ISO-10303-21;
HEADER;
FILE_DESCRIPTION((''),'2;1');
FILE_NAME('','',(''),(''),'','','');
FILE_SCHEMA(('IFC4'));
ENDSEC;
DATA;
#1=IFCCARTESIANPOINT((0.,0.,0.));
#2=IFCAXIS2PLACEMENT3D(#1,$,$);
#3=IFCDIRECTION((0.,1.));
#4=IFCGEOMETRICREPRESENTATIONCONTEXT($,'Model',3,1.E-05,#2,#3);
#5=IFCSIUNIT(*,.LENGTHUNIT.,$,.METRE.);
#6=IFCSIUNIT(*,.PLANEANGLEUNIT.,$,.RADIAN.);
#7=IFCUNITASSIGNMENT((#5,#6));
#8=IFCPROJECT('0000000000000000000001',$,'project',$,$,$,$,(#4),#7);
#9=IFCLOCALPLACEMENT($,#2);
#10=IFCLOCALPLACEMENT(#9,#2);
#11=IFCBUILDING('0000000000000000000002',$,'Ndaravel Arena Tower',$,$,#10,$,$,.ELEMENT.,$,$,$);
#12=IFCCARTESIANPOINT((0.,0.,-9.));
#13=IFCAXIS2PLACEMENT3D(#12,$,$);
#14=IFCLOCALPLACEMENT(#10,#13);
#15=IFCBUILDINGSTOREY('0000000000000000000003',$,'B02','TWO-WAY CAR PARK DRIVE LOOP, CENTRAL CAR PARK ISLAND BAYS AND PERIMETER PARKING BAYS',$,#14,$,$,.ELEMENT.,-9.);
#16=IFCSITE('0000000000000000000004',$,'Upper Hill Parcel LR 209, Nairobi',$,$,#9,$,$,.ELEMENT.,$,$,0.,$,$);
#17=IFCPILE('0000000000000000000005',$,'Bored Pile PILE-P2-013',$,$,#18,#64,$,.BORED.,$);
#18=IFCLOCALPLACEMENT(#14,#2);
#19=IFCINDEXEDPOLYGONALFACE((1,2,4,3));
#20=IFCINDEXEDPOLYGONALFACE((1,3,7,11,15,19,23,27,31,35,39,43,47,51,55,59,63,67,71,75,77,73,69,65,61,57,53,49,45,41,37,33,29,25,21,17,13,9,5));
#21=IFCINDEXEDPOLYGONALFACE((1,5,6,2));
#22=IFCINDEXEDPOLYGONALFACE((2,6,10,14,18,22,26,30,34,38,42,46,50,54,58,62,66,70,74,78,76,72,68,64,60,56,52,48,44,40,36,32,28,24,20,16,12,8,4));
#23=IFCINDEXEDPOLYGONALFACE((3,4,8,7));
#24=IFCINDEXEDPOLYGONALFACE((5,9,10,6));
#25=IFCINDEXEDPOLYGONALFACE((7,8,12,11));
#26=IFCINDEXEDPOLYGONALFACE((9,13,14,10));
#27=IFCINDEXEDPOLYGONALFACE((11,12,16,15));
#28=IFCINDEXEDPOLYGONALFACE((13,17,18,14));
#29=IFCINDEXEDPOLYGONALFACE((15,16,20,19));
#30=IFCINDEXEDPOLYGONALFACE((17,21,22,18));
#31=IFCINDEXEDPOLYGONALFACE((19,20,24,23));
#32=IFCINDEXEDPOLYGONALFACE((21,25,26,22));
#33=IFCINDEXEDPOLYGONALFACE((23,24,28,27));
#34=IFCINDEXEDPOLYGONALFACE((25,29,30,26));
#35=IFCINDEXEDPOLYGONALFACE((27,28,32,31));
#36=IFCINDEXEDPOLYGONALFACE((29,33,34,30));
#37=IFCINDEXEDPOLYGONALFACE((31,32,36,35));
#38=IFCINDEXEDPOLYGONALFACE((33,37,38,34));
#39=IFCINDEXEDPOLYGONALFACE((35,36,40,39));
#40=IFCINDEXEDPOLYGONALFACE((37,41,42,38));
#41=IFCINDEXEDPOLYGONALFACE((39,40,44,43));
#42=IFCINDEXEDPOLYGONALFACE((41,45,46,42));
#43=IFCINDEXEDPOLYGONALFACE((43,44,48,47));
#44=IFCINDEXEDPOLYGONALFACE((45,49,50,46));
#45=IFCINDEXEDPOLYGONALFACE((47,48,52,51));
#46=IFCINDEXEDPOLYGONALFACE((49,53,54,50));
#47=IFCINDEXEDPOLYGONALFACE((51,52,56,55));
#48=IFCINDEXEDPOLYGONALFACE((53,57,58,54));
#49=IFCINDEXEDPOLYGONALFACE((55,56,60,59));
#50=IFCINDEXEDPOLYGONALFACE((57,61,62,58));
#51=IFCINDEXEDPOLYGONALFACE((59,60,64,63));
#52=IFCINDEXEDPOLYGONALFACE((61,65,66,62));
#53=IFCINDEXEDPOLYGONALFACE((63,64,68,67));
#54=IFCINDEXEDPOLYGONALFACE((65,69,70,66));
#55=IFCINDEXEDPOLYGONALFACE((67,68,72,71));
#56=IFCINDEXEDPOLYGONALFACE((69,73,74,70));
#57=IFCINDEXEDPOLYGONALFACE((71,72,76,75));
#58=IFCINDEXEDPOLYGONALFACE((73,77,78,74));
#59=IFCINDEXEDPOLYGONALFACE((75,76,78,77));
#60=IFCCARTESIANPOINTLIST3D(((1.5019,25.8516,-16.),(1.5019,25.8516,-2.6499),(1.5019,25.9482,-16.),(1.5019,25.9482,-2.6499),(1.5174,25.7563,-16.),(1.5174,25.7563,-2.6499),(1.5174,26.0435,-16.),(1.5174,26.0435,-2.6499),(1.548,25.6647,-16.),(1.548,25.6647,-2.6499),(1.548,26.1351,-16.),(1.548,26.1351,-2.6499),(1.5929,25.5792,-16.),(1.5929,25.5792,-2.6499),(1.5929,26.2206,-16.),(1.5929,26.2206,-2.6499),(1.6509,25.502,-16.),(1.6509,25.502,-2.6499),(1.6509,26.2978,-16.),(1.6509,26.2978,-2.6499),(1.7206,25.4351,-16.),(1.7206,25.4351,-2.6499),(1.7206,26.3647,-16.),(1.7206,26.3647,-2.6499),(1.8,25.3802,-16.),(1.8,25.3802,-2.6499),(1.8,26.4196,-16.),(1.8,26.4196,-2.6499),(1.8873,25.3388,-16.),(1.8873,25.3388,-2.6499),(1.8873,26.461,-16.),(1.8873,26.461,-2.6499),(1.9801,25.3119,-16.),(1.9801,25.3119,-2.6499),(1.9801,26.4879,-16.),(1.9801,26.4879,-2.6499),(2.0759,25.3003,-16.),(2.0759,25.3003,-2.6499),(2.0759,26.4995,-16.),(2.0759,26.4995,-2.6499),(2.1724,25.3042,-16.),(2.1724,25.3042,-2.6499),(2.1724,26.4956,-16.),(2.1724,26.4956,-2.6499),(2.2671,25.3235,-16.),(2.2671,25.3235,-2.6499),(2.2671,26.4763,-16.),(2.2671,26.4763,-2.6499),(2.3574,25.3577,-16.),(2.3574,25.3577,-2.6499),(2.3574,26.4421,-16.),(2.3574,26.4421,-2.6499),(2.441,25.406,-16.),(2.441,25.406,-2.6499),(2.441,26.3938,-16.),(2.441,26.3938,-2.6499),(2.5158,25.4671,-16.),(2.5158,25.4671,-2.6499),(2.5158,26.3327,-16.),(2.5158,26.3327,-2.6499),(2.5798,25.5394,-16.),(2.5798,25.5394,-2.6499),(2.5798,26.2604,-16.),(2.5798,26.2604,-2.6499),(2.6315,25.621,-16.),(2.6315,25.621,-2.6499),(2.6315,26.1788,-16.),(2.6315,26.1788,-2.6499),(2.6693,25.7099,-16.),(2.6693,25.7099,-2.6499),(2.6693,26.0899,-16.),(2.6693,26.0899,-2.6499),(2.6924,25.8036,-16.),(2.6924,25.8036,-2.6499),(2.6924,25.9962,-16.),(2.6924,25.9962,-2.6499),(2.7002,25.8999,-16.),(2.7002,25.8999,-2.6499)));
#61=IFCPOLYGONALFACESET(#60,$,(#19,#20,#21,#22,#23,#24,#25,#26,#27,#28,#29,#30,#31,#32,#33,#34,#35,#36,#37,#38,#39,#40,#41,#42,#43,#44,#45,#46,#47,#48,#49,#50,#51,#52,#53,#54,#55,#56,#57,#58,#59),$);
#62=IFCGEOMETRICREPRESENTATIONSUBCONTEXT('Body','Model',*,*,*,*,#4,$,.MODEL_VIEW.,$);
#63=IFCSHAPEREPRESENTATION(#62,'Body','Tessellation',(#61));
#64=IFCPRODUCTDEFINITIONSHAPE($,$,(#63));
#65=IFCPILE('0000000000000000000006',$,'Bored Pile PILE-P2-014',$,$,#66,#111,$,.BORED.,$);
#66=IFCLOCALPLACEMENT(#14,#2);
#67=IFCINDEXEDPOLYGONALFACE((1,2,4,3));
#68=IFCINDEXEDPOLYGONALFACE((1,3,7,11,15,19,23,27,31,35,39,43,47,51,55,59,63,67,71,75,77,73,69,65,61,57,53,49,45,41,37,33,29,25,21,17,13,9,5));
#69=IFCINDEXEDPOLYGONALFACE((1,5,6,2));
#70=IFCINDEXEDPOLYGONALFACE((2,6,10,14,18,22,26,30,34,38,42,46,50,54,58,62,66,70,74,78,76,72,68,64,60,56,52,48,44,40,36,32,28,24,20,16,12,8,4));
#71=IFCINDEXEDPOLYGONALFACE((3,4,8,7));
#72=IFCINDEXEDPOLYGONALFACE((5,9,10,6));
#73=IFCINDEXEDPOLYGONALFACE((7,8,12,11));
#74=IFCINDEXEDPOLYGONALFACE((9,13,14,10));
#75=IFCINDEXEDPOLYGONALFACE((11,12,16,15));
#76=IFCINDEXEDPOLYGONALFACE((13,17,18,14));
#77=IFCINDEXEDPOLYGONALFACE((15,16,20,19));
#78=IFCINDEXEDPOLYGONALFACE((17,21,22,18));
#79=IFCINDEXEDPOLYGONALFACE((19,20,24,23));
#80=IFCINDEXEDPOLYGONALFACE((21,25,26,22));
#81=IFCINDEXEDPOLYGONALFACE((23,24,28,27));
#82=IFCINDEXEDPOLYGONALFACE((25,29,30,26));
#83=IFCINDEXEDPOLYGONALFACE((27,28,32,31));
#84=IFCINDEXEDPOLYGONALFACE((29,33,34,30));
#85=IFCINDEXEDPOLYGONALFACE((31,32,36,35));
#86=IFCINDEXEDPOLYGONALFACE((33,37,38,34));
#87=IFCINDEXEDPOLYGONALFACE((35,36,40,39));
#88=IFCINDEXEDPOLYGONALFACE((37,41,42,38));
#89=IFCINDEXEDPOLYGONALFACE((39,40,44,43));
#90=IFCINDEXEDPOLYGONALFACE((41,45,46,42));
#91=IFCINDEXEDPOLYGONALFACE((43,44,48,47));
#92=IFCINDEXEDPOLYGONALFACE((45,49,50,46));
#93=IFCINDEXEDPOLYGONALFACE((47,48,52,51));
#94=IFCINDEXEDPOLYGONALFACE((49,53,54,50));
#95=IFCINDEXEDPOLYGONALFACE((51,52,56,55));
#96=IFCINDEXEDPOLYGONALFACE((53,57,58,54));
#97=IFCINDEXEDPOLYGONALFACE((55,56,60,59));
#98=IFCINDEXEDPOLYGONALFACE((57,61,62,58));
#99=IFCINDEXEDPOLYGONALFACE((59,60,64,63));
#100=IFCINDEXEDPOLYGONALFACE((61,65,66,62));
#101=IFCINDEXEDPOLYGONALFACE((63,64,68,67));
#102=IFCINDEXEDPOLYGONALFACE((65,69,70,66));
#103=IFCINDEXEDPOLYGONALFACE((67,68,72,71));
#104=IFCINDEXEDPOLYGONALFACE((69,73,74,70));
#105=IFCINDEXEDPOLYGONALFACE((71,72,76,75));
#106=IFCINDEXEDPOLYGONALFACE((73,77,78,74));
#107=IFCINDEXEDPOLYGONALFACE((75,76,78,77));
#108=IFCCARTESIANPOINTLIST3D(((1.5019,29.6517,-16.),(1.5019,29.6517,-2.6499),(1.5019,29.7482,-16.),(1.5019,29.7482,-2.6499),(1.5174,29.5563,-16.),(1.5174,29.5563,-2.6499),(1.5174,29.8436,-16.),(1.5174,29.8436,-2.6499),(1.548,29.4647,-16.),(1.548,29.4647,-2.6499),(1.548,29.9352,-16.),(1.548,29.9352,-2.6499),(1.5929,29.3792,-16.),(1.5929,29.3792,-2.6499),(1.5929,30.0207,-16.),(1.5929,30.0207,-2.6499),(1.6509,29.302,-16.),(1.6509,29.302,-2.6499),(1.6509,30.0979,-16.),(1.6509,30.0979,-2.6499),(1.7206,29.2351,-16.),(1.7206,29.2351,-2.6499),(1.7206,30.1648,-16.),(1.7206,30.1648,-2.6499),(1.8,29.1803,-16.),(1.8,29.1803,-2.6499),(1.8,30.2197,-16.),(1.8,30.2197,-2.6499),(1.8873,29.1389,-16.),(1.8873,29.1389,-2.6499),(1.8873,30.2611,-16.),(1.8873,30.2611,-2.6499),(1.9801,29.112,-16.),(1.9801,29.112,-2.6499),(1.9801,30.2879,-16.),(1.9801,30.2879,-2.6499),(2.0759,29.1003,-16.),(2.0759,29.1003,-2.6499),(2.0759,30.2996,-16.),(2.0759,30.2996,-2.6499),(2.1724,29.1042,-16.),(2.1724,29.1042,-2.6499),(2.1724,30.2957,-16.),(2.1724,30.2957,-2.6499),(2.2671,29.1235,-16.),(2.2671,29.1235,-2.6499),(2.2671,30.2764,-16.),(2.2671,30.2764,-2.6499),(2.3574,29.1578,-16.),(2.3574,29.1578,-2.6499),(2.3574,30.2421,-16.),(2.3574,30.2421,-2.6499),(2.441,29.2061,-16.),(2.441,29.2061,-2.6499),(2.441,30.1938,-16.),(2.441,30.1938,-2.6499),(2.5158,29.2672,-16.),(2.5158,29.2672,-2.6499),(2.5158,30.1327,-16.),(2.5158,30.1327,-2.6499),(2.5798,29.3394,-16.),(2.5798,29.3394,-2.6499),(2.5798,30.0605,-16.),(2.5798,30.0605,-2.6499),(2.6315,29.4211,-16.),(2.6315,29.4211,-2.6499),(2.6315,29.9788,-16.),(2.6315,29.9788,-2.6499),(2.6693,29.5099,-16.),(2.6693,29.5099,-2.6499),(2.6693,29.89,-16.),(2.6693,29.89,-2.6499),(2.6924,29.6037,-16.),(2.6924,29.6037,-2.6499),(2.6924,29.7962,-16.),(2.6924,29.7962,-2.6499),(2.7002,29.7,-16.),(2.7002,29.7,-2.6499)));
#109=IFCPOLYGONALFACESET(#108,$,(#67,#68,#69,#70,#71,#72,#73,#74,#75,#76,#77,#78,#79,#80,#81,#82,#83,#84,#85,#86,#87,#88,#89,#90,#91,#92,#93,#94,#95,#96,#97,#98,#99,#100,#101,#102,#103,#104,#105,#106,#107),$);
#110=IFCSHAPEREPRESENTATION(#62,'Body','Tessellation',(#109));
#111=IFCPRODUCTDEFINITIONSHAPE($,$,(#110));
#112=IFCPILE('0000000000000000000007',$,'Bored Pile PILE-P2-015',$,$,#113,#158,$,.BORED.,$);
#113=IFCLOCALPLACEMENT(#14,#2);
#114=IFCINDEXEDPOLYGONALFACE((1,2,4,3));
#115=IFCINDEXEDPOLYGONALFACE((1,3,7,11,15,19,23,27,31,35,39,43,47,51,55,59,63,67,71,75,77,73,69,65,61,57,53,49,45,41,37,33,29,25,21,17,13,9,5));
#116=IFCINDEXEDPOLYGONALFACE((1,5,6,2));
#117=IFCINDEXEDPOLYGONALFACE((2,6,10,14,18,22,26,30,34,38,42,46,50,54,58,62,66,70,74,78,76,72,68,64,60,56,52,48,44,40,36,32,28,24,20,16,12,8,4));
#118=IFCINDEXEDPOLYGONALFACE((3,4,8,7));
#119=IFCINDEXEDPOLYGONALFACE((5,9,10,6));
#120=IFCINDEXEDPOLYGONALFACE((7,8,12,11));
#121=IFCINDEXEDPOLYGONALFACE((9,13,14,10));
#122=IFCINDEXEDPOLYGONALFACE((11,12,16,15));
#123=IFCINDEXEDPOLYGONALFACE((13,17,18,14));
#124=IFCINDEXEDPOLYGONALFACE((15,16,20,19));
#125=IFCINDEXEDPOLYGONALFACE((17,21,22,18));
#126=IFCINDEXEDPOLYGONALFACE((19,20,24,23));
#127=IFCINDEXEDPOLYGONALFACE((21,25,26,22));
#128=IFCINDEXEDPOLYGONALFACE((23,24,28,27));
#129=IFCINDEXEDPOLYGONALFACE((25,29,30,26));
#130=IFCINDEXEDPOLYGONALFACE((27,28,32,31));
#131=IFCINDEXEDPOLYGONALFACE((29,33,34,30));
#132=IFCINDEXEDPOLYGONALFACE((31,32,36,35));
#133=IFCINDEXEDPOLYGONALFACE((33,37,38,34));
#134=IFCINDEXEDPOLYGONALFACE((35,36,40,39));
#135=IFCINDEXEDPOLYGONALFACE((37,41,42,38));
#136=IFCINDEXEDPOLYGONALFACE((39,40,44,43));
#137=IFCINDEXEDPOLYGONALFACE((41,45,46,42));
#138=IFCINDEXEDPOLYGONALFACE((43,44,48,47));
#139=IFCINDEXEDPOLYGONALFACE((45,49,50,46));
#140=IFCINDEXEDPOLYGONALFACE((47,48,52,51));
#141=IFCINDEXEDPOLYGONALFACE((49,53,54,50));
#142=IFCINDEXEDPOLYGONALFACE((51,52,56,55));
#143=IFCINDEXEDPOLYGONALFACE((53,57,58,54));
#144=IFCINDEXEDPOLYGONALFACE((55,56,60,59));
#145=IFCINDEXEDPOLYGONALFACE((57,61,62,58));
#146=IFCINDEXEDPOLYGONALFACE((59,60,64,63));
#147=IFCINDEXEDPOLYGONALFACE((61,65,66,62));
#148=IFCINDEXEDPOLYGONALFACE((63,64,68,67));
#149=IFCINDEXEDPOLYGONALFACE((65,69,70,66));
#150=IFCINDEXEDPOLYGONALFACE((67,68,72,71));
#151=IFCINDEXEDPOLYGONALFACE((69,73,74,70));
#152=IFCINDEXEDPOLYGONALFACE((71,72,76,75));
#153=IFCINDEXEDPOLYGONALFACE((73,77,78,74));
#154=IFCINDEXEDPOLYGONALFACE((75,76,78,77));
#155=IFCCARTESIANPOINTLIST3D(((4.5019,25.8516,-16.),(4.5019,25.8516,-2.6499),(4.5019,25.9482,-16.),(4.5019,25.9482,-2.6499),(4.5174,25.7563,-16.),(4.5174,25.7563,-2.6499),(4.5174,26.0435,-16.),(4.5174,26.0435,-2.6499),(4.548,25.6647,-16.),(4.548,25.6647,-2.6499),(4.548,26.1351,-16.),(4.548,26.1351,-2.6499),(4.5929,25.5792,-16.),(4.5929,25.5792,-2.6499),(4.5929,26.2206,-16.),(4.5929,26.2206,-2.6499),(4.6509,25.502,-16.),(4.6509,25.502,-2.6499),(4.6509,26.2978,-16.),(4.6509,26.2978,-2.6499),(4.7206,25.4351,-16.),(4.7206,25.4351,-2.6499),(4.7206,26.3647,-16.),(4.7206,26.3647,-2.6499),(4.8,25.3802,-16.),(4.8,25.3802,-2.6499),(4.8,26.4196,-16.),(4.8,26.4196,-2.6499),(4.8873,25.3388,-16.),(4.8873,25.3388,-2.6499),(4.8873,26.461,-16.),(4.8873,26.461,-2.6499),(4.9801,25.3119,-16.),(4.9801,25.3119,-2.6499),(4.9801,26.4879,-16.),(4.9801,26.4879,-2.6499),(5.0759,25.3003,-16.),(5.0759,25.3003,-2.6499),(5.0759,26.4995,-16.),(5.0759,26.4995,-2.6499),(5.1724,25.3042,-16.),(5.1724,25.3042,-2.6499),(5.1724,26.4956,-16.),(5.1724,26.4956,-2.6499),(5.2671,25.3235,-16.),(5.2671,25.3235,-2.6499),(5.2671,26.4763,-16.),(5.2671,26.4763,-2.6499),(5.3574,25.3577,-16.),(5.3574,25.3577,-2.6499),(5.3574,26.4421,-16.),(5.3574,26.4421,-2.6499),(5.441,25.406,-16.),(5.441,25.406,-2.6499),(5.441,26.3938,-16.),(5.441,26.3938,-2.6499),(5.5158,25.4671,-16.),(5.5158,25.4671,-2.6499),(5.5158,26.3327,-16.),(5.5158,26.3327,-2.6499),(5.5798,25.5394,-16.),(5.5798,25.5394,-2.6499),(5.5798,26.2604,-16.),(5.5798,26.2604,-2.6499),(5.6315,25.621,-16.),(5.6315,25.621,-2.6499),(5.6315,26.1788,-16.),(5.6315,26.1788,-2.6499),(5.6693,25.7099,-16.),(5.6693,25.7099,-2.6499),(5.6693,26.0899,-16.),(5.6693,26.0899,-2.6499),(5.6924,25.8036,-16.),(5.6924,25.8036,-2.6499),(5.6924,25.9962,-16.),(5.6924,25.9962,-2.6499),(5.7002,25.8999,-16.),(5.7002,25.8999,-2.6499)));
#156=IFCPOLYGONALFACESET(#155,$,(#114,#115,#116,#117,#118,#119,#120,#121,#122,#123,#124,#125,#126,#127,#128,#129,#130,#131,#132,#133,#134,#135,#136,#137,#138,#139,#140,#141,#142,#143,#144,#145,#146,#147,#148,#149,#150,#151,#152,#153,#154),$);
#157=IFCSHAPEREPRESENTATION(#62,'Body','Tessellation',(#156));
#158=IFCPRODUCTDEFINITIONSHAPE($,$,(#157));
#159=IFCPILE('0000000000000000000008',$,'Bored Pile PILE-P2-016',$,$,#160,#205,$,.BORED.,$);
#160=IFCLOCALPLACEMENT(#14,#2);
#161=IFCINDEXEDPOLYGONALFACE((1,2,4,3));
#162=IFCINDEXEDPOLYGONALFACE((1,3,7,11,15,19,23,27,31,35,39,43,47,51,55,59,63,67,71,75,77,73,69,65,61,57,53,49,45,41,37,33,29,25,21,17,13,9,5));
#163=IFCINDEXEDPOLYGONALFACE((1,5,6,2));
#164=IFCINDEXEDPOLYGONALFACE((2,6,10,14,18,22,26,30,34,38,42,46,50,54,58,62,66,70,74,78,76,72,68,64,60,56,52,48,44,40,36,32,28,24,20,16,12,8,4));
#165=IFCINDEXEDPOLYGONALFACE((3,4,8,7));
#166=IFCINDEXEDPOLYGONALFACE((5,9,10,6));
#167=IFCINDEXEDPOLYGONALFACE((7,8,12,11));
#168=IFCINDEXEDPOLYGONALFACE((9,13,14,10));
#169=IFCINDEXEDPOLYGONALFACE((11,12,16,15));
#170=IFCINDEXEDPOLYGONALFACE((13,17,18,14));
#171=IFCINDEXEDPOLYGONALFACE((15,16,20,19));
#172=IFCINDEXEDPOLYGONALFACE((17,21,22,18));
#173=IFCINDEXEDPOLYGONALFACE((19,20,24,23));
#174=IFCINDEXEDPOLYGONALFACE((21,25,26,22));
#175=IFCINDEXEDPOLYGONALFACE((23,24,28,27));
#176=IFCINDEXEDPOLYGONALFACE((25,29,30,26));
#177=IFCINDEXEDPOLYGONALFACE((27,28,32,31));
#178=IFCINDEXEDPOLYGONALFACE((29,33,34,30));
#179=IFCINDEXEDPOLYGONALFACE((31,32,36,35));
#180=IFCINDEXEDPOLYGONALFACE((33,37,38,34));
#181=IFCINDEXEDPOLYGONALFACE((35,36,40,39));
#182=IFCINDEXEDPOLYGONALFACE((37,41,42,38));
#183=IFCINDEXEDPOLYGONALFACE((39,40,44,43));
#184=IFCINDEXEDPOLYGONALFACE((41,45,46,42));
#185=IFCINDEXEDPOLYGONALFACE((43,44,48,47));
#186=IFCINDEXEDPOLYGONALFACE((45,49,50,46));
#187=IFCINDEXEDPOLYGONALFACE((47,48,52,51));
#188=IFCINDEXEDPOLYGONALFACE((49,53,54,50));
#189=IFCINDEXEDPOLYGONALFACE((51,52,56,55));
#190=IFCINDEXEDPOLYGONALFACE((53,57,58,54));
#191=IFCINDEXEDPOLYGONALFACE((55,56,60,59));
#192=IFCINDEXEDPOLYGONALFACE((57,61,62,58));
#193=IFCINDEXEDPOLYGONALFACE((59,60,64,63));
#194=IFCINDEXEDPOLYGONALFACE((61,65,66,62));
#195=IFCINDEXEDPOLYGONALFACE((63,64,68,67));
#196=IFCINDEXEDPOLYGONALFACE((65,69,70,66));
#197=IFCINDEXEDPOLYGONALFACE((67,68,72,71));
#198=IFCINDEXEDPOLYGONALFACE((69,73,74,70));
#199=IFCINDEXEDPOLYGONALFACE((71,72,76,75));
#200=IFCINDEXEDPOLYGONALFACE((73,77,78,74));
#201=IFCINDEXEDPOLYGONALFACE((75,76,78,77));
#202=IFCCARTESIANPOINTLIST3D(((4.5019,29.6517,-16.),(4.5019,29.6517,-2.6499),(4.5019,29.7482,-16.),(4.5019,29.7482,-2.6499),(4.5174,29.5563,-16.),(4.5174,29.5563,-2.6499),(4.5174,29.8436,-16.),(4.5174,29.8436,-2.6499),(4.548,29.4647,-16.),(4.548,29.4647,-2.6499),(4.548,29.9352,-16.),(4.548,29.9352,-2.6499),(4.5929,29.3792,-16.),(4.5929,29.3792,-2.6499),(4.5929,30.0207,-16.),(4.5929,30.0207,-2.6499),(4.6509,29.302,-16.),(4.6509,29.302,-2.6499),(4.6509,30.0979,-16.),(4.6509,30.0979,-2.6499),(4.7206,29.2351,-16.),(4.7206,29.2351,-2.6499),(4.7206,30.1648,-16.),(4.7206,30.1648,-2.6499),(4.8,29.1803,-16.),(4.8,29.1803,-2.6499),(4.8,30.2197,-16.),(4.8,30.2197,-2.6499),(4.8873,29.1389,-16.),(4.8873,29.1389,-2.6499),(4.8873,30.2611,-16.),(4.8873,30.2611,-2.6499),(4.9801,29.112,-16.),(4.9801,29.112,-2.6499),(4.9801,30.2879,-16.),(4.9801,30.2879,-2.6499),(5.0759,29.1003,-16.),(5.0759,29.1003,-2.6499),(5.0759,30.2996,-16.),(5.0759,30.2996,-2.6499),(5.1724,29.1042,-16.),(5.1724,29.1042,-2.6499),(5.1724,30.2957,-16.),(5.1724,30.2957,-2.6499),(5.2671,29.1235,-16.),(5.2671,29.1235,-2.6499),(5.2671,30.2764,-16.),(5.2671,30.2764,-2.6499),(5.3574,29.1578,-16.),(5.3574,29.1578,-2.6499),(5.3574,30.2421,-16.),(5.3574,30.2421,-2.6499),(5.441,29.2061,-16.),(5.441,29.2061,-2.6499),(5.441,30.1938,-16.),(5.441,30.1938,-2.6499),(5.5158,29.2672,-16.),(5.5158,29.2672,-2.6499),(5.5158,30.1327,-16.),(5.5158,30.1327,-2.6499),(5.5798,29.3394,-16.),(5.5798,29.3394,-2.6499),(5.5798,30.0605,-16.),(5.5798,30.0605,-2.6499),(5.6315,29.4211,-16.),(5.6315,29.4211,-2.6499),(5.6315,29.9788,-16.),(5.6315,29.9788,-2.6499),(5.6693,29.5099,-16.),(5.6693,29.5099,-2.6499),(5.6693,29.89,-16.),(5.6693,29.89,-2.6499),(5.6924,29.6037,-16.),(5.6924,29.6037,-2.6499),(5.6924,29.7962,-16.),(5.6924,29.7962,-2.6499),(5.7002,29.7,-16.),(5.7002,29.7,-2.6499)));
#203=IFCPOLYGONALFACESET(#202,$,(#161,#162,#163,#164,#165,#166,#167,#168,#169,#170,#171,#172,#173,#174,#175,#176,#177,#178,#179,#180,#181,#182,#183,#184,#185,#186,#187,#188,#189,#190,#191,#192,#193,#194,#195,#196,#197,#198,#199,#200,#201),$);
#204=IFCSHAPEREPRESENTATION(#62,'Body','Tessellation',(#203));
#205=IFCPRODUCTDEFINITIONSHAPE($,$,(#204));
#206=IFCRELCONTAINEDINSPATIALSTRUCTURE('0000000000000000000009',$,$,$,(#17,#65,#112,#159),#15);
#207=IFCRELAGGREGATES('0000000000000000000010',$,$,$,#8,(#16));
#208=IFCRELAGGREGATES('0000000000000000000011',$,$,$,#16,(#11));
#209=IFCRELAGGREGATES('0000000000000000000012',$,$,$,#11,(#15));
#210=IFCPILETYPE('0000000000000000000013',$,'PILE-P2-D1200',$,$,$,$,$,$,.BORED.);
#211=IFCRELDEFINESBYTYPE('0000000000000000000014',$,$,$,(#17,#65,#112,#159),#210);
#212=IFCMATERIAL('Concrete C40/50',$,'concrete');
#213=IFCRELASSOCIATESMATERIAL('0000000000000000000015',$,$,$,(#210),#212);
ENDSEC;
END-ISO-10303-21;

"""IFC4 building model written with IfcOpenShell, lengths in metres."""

from ifc_helpers import new_model, si_unit, direction, frame, origin, origin_2d, place, context, subcontext, project, spatial, circle, extrude, material, material_profile, profile_set, type_object, element, save


model = new_model("IFC4")

# Units and contexts
model_context = context("Model", 3, precision=1e-05, world=origin(), true_north=direction((0.0, 1.0)))
body_context = subcontext(model_context, "Body", "Model", "MODEL_VIEW")
ifc_project = project(units=[si_unit("LENGTHUNIT", "METRE"), si_unit("PLANEANGLEUNIT", "RADIAN")], contexts=[model_context])

# Site, building, storey
site_placement = place(None, origin())
site = spatial("IfcSite", under=ifc_project, at=site_placement, Name="Upper Hill Parcel LR 209, Nairobi", CompositionType="ELEMENT", RefElevation=0.0)
building_placement = place(site_placement, origin())
building = spatial("IfcBuilding", under=site, at=building_placement, Name="Ndaravel Arena Tower", CompositionType="ELEMENT")
storey_placement = place(building_placement, frame((0.0, 0.0, -9.0)))
storey = spatial("IfcBuildingStorey", under=building, at=storey_placement, Name="B02", Description="TWO-WAY CAR PARK DRIVE LOOP, CENTRAL CAR PARK ISLAND BAYS AND PERIMETER PARKING BAYS", CompositionType="ELEMENT", Elevation=-9.0)

# Piles
ifc_material_1 = material(Name="Concrete C40/50", Category="concrete")
ifc_material_profile_1 = material_profile(ifc_material_1, circle(Radius=0.6001, at=origin_2d()), Name="BORED PILE D1200")
ifc_profile_set_1 = profile_set([ifc_material_profile_1], Name="Concrete C40/50")
pile_type_1 = type_object("IfcPileType", Name="PILE-P2-D1200", PredefinedType="BORED", material=ifc_profile_set_1)
for number, where, z_axis, x_axis, name in (
    (1, (2.1001, 25.8999, -2.6499), (0.0, 0.0, -1.0), (1.0, 0.0, 0.0), "Bored Pile PILE-P2-013"),
    (2, (2.1001, 29.7, -2.6499), (0.0, 0.0, -1.0), (1.0, 0.0, 0.0), "Bored Pile PILE-P2-014"),
    (3, (5.1001, 25.8999, -2.6499), (0.0, 0.0, -1.0), (1.0, 0.0, 0.0), "Bored Pile PILE-P2-015"),
    (4, (5.1001, 29.7, -2.6499), (0.0, 0.0, -1.0), (1.0, 0.0, 0.0), "Bored Pile PILE-P2-016"),
):
    element("IfcPile", number, at=place(storey_placement, frame(where, z_axis=z_axis, x_axis=x_axis)), inside=storey, type_object=pile_type_1, Name=name, PredefinedType="BORED", context=body_context, shape_type="SweptSolid", body=[
        extrude(circle(Radius=0.6001, at=origin_2d()), origin(), (0.0, 0.0, 1.0), 13.3501),
    ])

save(model, "model.ifc")
